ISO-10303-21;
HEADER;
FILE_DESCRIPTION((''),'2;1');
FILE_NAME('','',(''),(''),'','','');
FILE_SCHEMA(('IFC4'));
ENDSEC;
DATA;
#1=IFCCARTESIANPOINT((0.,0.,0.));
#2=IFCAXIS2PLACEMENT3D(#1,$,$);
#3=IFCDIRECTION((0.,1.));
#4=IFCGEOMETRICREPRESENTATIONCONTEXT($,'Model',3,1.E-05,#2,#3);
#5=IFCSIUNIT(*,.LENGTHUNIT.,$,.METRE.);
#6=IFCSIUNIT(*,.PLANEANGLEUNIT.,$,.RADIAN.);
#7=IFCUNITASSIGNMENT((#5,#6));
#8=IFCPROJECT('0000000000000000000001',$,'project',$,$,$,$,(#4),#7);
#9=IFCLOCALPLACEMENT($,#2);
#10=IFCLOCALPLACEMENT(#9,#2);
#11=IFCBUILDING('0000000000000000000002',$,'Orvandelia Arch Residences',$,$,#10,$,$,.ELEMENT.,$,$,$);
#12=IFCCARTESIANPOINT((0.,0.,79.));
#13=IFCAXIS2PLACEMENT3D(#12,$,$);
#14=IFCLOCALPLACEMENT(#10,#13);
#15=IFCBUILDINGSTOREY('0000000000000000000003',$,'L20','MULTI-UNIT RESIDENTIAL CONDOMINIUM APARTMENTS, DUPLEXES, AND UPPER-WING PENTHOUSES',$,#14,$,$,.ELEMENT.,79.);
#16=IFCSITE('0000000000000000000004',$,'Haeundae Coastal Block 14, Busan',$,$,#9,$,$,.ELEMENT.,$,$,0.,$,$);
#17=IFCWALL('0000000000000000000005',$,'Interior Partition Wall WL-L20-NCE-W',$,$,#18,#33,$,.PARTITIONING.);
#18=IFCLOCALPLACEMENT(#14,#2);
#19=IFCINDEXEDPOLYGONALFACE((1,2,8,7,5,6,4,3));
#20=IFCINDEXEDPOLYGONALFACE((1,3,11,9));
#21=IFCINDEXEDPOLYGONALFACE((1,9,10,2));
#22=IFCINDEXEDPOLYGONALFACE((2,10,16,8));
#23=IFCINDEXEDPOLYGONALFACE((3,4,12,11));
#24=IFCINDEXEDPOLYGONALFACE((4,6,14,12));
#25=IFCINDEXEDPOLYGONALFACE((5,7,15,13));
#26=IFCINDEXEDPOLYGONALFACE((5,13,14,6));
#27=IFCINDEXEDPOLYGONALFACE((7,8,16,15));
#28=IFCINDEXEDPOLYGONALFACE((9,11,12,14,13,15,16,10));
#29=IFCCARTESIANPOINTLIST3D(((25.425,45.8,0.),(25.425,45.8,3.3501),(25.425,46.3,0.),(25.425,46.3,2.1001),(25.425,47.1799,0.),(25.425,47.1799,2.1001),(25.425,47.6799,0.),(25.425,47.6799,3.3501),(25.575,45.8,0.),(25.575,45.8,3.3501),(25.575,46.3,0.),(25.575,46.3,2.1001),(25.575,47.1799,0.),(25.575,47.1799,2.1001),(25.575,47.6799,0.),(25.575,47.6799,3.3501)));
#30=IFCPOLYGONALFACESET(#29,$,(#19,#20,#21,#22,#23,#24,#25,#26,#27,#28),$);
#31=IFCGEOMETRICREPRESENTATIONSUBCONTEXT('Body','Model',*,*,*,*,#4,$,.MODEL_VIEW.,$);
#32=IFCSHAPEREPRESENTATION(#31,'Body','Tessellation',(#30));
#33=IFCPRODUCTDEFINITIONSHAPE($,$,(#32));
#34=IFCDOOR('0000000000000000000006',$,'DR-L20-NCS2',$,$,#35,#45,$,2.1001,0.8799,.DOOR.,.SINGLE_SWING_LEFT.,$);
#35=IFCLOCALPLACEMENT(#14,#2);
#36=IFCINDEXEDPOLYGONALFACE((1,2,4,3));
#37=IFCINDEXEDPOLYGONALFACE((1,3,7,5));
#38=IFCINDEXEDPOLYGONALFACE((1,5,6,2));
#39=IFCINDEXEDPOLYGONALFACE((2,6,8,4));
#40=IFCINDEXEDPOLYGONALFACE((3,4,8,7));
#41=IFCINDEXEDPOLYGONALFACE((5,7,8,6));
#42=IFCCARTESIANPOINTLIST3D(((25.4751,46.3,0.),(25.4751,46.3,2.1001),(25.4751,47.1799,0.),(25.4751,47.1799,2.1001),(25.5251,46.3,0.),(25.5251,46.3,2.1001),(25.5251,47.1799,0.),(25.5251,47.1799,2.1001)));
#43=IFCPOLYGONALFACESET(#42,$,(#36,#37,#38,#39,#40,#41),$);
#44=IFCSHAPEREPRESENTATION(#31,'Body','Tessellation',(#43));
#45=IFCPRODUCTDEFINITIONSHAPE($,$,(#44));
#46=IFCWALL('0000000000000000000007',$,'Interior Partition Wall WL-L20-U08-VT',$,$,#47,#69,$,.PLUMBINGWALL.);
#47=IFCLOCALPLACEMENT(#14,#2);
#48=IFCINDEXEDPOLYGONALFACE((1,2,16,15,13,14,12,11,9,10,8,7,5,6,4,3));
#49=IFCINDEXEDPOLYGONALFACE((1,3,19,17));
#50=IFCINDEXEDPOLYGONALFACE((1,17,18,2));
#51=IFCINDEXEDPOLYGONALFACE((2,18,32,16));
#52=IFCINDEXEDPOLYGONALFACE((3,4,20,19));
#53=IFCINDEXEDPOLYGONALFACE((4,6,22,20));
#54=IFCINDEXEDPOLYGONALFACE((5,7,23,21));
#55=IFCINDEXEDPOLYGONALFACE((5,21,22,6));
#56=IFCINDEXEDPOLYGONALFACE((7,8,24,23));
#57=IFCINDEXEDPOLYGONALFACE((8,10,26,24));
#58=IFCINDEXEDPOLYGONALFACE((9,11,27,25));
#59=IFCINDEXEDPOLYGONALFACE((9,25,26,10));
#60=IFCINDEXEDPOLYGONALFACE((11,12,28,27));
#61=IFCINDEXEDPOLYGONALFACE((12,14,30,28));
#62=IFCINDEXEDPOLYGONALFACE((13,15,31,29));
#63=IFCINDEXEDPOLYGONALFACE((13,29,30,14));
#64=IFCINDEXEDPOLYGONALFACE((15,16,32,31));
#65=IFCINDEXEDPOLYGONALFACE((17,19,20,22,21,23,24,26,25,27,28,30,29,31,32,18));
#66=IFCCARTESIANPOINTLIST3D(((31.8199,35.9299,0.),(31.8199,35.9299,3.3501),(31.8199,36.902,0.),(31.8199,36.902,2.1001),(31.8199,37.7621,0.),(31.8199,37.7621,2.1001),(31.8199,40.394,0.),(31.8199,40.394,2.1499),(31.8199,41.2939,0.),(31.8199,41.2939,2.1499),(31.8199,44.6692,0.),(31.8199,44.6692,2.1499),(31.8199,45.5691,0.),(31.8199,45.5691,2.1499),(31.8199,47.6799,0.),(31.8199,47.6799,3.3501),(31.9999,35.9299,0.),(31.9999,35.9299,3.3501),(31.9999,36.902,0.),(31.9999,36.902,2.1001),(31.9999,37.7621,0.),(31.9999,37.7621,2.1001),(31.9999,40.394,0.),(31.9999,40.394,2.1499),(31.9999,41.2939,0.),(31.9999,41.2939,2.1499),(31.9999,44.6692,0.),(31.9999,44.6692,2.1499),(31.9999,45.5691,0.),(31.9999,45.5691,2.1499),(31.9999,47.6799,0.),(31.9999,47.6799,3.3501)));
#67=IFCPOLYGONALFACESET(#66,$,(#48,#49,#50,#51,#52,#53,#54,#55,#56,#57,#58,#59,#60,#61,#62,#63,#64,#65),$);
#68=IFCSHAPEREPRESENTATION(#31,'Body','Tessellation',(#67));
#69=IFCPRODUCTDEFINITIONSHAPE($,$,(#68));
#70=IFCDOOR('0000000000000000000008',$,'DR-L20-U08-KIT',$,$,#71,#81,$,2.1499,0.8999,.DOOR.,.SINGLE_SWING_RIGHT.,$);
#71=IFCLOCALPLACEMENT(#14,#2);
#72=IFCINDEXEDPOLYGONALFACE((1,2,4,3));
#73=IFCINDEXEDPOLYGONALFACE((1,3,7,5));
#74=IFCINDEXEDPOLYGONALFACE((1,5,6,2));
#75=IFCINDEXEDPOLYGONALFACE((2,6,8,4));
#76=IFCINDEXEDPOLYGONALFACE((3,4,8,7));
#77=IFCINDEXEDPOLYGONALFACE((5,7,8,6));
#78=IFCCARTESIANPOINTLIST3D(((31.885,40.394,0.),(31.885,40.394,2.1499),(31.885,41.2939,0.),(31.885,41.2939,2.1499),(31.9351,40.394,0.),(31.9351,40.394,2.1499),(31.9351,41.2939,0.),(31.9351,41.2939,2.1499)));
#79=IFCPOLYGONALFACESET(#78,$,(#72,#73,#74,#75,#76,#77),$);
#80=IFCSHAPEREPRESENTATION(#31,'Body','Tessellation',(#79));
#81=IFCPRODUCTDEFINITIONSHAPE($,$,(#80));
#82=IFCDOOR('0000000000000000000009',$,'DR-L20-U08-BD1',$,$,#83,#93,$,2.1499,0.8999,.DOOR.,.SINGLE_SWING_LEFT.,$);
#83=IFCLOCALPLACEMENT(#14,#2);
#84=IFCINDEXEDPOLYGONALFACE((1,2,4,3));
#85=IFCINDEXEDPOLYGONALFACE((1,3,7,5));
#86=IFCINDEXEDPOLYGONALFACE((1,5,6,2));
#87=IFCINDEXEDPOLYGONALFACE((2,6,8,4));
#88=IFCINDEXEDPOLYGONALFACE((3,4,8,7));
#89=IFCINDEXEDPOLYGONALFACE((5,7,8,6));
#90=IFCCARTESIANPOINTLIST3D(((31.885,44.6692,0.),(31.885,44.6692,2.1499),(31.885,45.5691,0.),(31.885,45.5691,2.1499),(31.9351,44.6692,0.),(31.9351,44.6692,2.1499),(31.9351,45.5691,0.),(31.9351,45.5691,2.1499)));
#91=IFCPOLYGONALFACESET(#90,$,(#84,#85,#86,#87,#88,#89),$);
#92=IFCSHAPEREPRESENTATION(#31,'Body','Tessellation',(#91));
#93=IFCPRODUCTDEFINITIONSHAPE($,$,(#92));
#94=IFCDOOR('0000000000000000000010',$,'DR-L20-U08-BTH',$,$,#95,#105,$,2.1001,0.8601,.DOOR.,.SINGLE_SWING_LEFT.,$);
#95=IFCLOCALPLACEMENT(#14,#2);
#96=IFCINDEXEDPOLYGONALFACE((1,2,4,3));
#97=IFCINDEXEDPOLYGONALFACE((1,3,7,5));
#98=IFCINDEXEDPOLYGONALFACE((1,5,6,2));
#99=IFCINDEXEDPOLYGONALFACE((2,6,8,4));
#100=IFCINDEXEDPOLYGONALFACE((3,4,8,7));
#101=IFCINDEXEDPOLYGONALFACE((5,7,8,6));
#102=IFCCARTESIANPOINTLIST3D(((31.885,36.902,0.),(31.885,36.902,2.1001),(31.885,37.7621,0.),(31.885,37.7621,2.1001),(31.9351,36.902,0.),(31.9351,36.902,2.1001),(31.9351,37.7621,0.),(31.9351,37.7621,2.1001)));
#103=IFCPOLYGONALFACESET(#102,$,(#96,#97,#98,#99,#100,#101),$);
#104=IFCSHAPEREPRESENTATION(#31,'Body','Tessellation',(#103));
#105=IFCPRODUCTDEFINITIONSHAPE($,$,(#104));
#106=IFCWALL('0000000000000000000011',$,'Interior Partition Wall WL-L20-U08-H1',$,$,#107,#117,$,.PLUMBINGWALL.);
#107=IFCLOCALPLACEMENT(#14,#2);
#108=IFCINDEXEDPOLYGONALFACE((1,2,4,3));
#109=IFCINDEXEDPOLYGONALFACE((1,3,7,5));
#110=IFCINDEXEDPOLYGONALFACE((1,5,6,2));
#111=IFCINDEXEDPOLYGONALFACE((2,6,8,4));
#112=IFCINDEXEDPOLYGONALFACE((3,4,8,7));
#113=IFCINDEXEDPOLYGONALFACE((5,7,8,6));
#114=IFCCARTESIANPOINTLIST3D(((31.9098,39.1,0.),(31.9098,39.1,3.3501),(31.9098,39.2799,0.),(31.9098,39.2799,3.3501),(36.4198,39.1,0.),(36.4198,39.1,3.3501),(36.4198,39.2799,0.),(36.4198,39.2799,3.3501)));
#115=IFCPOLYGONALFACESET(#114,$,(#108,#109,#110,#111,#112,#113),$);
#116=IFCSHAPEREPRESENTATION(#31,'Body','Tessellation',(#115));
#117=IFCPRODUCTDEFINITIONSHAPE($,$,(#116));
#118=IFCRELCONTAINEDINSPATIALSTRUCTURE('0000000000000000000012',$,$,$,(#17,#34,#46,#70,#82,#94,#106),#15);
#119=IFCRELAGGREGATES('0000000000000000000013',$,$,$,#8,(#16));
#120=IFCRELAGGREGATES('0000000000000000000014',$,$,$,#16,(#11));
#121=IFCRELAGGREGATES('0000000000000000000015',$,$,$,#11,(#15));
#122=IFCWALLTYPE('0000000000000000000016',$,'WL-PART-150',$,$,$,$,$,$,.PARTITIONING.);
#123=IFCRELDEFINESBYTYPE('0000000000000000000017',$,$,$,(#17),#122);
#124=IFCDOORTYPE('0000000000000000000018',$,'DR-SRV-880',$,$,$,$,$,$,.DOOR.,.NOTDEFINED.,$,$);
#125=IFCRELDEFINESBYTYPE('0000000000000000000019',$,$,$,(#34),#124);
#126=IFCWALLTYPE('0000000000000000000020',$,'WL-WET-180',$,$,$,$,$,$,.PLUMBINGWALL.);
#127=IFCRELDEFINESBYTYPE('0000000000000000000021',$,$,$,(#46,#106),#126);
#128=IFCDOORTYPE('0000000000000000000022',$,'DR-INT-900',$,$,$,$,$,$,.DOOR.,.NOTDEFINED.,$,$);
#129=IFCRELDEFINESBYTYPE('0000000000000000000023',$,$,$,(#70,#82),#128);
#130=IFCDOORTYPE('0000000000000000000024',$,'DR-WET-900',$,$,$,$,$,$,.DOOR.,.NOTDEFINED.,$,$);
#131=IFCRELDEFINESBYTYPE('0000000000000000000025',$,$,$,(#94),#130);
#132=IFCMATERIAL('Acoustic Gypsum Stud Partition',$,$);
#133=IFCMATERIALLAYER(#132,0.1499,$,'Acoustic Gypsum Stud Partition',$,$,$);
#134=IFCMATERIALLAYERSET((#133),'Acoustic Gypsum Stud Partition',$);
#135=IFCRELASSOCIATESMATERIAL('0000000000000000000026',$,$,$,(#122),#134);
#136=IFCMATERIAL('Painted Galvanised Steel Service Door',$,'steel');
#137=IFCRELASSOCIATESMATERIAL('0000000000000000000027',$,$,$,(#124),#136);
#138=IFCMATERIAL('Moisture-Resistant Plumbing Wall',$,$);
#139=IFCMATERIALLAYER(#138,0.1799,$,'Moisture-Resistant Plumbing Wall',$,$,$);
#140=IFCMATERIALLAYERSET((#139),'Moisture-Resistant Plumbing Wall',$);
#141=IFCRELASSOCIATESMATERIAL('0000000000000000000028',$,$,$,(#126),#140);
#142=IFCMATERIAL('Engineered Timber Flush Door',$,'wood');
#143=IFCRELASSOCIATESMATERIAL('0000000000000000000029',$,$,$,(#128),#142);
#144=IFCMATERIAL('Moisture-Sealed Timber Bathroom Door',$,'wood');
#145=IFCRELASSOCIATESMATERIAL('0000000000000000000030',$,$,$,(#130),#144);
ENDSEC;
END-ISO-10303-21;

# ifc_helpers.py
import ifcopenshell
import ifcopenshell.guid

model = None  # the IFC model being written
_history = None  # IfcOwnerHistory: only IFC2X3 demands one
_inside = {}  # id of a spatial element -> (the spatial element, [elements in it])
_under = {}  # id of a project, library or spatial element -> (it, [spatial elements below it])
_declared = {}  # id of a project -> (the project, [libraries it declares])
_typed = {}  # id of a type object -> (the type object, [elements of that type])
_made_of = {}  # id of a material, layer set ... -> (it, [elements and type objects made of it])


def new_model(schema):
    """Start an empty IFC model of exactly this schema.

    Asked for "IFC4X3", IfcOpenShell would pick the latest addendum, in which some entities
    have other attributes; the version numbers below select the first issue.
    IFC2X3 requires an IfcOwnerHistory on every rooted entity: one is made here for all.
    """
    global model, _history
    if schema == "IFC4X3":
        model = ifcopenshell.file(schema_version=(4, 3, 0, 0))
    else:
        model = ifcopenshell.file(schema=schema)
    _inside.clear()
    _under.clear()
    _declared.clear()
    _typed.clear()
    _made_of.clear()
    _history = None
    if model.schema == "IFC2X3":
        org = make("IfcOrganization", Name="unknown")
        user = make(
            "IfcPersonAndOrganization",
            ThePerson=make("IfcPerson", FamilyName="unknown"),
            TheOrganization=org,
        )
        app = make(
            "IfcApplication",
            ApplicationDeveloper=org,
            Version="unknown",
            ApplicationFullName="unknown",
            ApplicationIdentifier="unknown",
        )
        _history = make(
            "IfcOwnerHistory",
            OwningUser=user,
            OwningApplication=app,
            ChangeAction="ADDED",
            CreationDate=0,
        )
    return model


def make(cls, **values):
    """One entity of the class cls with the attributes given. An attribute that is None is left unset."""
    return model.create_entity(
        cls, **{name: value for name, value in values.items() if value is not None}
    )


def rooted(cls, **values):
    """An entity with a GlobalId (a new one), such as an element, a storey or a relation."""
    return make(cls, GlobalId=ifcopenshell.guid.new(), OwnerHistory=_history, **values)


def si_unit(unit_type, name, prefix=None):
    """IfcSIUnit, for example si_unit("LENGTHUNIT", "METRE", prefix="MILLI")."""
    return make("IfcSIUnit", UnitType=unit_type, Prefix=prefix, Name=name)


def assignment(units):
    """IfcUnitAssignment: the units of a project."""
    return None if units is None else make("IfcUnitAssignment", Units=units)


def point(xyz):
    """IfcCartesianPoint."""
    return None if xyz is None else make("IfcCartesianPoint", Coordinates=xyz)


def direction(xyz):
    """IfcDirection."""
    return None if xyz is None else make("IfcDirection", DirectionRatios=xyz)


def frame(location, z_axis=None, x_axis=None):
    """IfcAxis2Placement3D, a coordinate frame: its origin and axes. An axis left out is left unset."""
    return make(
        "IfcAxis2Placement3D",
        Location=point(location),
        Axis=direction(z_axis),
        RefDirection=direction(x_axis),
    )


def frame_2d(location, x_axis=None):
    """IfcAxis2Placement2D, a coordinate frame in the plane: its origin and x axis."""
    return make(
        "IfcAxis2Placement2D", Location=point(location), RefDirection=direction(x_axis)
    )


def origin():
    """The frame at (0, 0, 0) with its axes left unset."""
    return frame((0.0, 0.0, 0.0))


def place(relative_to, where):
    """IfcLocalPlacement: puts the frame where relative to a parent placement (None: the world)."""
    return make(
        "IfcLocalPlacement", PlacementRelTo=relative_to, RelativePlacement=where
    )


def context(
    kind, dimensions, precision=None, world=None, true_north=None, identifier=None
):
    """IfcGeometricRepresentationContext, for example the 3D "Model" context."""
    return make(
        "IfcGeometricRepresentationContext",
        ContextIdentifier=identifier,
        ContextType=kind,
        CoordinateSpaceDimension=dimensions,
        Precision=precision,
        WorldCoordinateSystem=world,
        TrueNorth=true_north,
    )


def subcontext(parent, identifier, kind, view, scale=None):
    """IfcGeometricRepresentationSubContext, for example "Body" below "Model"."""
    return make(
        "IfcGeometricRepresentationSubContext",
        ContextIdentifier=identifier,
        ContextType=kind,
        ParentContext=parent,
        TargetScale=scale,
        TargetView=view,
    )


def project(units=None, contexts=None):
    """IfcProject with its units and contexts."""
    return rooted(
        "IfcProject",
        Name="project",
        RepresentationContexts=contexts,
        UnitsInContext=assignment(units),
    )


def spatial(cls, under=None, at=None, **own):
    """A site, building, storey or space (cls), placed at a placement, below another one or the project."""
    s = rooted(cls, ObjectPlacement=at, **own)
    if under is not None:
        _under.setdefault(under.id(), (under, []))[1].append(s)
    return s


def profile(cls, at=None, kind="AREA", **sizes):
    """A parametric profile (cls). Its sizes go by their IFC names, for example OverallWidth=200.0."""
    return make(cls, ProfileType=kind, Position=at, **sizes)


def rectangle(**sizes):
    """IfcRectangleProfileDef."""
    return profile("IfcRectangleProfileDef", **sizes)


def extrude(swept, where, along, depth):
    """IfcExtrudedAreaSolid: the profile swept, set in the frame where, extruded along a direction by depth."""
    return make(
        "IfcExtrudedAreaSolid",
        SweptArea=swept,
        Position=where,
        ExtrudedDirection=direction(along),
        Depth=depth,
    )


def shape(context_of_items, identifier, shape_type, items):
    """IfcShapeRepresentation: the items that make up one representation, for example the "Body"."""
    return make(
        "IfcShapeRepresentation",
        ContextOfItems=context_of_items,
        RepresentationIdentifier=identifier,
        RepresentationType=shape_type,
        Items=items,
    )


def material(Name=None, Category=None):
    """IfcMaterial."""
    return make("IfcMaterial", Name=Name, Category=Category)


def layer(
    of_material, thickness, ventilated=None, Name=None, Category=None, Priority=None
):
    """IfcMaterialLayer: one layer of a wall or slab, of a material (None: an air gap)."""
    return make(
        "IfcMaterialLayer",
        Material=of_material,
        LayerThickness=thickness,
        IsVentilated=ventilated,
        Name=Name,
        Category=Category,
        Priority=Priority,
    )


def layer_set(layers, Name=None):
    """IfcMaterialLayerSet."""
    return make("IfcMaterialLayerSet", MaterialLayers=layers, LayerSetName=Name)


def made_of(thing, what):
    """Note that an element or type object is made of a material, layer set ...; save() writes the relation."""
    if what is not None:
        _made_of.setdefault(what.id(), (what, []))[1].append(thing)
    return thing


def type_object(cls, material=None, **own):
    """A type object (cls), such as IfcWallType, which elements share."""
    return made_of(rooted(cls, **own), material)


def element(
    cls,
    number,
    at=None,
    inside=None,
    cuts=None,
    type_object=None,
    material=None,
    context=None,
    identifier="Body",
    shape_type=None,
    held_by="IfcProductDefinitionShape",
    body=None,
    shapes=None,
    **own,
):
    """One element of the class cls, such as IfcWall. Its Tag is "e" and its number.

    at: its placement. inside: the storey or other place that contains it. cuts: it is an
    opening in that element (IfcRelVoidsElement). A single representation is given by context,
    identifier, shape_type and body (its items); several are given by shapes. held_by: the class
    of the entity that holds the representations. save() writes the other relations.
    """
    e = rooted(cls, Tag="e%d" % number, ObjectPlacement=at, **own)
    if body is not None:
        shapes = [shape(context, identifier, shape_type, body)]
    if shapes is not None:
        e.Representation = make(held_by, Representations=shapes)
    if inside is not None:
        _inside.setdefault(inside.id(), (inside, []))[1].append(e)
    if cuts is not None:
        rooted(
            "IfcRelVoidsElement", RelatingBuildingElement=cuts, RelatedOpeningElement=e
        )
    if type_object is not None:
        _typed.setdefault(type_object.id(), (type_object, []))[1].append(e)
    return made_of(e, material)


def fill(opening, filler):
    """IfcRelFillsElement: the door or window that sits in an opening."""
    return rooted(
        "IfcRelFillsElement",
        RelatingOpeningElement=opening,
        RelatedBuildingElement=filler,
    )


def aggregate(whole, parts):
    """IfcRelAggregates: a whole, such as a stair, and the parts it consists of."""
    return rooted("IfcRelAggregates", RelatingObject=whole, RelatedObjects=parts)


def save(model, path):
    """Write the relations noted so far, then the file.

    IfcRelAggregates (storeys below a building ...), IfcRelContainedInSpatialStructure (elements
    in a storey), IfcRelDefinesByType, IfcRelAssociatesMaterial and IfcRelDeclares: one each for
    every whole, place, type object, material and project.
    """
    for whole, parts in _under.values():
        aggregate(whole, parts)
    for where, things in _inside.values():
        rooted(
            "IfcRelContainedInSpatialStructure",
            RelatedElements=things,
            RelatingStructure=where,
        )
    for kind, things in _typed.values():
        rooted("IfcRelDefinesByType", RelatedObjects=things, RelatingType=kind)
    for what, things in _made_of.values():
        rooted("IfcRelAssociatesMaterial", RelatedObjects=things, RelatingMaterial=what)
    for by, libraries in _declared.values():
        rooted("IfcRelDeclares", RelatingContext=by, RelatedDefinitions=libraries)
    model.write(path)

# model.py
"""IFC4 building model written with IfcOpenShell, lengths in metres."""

from ifc_helpers import new_model, si_unit, direction, frame, frame_2d, origin, place, context, subcontext, project, spatial, rectangle, extrude, material, layer, layer_set, type_object, element, fill, save


model = new_model("IFC4")

# Units and contexts
model_context = context("Model", 3, precision=1e-05, world=origin(), true_north=direction((0.0, 1.0)))
body_context = subcontext(model_context, "Body", "Model", "MODEL_VIEW")
ifc_project = project(units=[si_unit("LENGTHUNIT", "METRE"), si_unit("PLANEANGLEUNIT", "RADIAN")], contexts=[model_context])

# Site, building, storey
site_placement = place(None, origin())
site = spatial("IfcSite", under=ifc_project, at=site_placement, Name="Haeundae Coastal Block 14, Busan", CompositionType="ELEMENT", RefElevation=0.0)
building_placement = place(site_placement, origin())
building = spatial("IfcBuilding", under=site, at=building_placement, Name="Orvandelia Arch Residences", CompositionType="ELEMENT")
storey_placement = place(building_placement, frame((0.0, 0.0, 79.0)))
storey = spatial("IfcBuildingStorey", under=building, at=storey_placement, Name="L20", Description="MULTI-UNIT RESIDENTIAL CONDOMINIUM APARTMENTS, DUPLEXES, AND UPPER-WING PENTHOUSES", CompositionType="ELEMENT", Elevation=79.0)

# Wall, opening, door
ifc_material_1 = material(Name="Acoustic Gypsum Stud Partition")
ifc_layer_1 = layer(ifc_material_1, 0.1499, Name="Acoustic Gypsum Stud Partition")
ifc_layer_set_1 = layer_set([ifc_layer_1], Name="Acoustic Gypsum Stud Partition")
wall_type_1 = type_object("IfcWallType", Name="WL-PART-150", PredefinedType="PARTITIONING", material=ifc_layer_set_1)
wall_1_placement = place(storey_placement, frame((25.5, 45.8, 0.0), z_axis=(0.0, 0.0, 1.0), x_axis=(0.0, 1.0, 0.0)))
wall_1 = element("IfcWall", 1, at=wall_1_placement, inside=storey, type_object=wall_type_1, Name="Interior Partition Wall WL-L20-NCE-W", PredefinedType="PARTITIONING", context=body_context, shape_type="SweptSolid", body=[
    extrude(rectangle(XDim=1.8799, YDim=0.1499, at=frame_2d((0.9399, 0.0))), origin(), (0.0, 0.0, 1.0), 3.3501),
])
opening_1_placement = place(wall_1_placement, frame((0.5, 0.0, 0.0)))
opening_1 = element("IfcOpeningElement", 2, at=opening_1_placement, cuts=wall_1, PredefinedType="OPENING", context=body_context, shape_type="SweptSolid", body=[
    extrude(rectangle(XDim=0.8799, YDim=2.1001, at=frame_2d((0.4399, 1.05))), frame((0.0, 0.085, 0.0), z_axis=(0.0, -1.0, 0.0), x_axis=(1.0, 0.0, 0.0)), (0.0, 0.0, 1.0), 0.1699),
])
ifc_material_2 = material(Name="Painted Galvanised Steel Service Door", Category="steel")
door_type_1 = type_object("IfcDoorType", Name="DR-SRV-880", OperationType="NOTDEFINED", PredefinedType="DOOR", material=ifc_material_2)
door_1_placement = place(opening_1_placement, origin())
door_1 = element("IfcDoor", 3, at=door_1_placement, inside=storey, type_object=door_type_1, Name="DR-L20-NCS2", OperationType="SINGLE_SWING_LEFT", OverallHeight=2.1001, OverallWidth=0.8799, PredefinedType="DOOR", context=body_context, shape_type="SweptSolid", body=[
    extrude(rectangle(XDim=0.8799, YDim=2.1001, at=frame_2d((0.4399, 1.05))), frame((0.0, 0.0249, 0.0), z_axis=(0.0, -1.0, 0.0), x_axis=(1.0, 0.0, 0.0)), (0.0, 0.0, 1.0), 0.05),
])
fill(opening_1, door_1)

# Wall, openings, doors
ifc_material_3 = material(Name="Moisture-Resistant Plumbing Wall")
ifc_layer_2 = layer(ifc_material_3, 0.1799, Name="Moisture-Resistant Plumbing Wall")
ifc_layer_set_2 = layer_set([ifc_layer_2], Name="Moisture-Resistant Plumbing Wall")
wall_type_2 = type_object("IfcWallType", Name="WL-WET-180", PredefinedType="PLUMBINGWALL", material=ifc_layer_set_2)
wall_2_placement = place(storey_placement, frame((31.9099, 35.9299, 0.0), z_axis=(0.0, 0.0, 1.0), x_axis=(0.0, 1.0, 0.0)))
wall_2 = element("IfcWall", 4, at=wall_2_placement, inside=storey, type_object=wall_type_2, Name="Interior Partition Wall WL-L20-U08-VT", PredefinedType="PLUMBINGWALL", context=body_context, shape_type="SweptSolid", body=[
    extrude(rectangle(XDim=11.75, YDim=0.1799, at=frame_2d((5.875, 0.0))), origin(), (0.0, 0.0, 1.0), 3.3501),
])
opening_2_placement = place(wall_2_placement, frame((0.9719, 0.0, 0.0)))
opening_2 = element("IfcOpeningElement", 5, at=opening_2_placement, cuts=wall_2, PredefinedType="OPENING", context=body_context, shape_type="SweptSolid", body=[
    extrude(rectangle(XDim=0.8601, YDim=2.1001, at=frame_2d((0.4302, 1.05))), frame((0.0, 0.1001, 0.0), z_axis=(0.0, -1.0, 0.0), x_axis=(1.0, 0.0, 0.0)), (0.0, 0.0, 1.0), 0.2),
])
opening_3_placement = place(wall_2_placement, frame((4.4641, 0.0, 0.0)))
opening_3 = element("IfcOpeningElement", 6, at=opening_3_placement, cuts=wall_2, PredefinedType="OPENING", context=body_context, shape_type="SweptSolid", body=[
    extrude(rectangle(XDim=0.8999, YDim=2.1499, at=frame_2d((0.45, 1.075))), frame((0.0, 0.1001, 0.0), z_axis=(0.0, -1.0, 0.0), x_axis=(1.0, 0.0, 0.0)), (0.0, 0.0, 1.0), 0.2),
])
opening_4_placement = place(wall_2_placement, frame((8.7393, 0.0, 0.0)))
opening_4 = element("IfcOpeningElement", 7, at=opening_4_placement, cuts=wall_2, PredefinedType="OPENING", context=body_context, shape_type="SweptSolid", body=[
    extrude(rectangle(XDim=0.8999, YDim=2.1499, at=frame_2d((0.45, 1.075))), frame((0.0, 0.1001, 0.0), z_axis=(0.0, -1.0, 0.0), x_axis=(1.0, 0.0, 0.0)), (0.0, 0.0, 1.0), 0.2),
])
ifc_material_4 = material(Name="Engineered Timber Flush Door", Category="wood")
door_type_2 = type_object("IfcDoorType", Name="DR-INT-900", OperationType="NOTDEFINED", PredefinedType="DOOR", material=ifc_material_4)
door_2_placement = place(opening_3_placement, origin())
door_2 = element("IfcDoor", 8, at=door_2_placement, inside=storey, type_object=door_type_2, Name="DR-L20-U08-KIT", OperationType="SINGLE_SWING_RIGHT", OverallHeight=2.1499, OverallWidth=0.8999, PredefinedType="DOOR", context=body_context, shape_type="SweptSolid", body=[
    extrude(rectangle(XDim=0.8999, YDim=2.1499, at=frame_2d((0.45, 1.075))), frame((0.0, 0.0249, 0.0), z_axis=(0.0, -1.0, 0.0), x_axis=(1.0, 0.0, 0.0)), (0.0, 0.0, 1.0), 0.05),
])
fill(opening_3, door_2)
door_3_placement = place(opening_4_placement, origin())
door_3 = element("IfcDoor", 9, at=door_3_placement, inside=storey, type_object=door_type_2, Name="DR-L20-U08-BD1", OperationType="SINGLE_SWING_LEFT", OverallHeight=2.1499, OverallWidth=0.8999, PredefinedType="DOOR", context=body_context, shape_type="SweptSolid", body=[
    extrude(rectangle(XDim=0.8999, YDim=2.1499, at=frame_2d((0.45, 1.075))), frame((0.0, 0.0249, 0.0), z_axis=(0.0, -1.0, 0.0), x_axis=(1.0, 0.0, 0.0)), (0.0, 0.0, 1.0), 0.05),
])
fill(opening_4, door_3)
ifc_material_5 = material(Name="Moisture-Sealed Timber Bathroom Door", Category="wood")
door_type_3 = type_object("IfcDoorType", Name="DR-WET-900", OperationType="NOTDEFINED", PredefinedType="DOOR", material=ifc_material_5)
door_4_placement = place(opening_2_placement, origin())
door_4 = element("IfcDoor", 10, at=door_4_placement, inside=storey, type_object=door_type_3, Name="DR-L20-U08-BTH", OperationType="SINGLE_SWING_LEFT", OverallHeight=2.1001, OverallWidth=0.8601, PredefinedType="DOOR", context=body_context, shape_type="SweptSolid", body=[
    extrude(rectangle(XDim=0.8601, YDim=2.1001, at=frame_2d((0.4302, 1.05))), frame((0.0, 0.0249, 0.0), z_axis=(0.0, -1.0, 0.0), x_axis=(1.0, 0.0, 0.0)), (0.0, 0.0, 1.0), 0.05),
])
fill(opening_2, door_4)

# Wall
wall_3_placement = place(storey_placement, frame((31.9099, 39.1899, 0.0), z_axis=(0.0, 0.0, 1.0), x_axis=(1.0, 0.0, 0.0)))
element("IfcWall", 11, at=wall_3_placement, inside=storey, type_object=wall_type_2, Name="Interior Partition Wall WL-L20-U08-H1", PredefinedType="PLUMBINGWALL", context=body_context, shape_type="SweptSolid", body=[
    extrude(rectangle(XDim=4.51, YDim=0.1799, at=frame_2d((2.2549, 0.0))), origin(), (0.0, 0.0, 1.0), 3.3501),
])

save(model, "model.ifc")
